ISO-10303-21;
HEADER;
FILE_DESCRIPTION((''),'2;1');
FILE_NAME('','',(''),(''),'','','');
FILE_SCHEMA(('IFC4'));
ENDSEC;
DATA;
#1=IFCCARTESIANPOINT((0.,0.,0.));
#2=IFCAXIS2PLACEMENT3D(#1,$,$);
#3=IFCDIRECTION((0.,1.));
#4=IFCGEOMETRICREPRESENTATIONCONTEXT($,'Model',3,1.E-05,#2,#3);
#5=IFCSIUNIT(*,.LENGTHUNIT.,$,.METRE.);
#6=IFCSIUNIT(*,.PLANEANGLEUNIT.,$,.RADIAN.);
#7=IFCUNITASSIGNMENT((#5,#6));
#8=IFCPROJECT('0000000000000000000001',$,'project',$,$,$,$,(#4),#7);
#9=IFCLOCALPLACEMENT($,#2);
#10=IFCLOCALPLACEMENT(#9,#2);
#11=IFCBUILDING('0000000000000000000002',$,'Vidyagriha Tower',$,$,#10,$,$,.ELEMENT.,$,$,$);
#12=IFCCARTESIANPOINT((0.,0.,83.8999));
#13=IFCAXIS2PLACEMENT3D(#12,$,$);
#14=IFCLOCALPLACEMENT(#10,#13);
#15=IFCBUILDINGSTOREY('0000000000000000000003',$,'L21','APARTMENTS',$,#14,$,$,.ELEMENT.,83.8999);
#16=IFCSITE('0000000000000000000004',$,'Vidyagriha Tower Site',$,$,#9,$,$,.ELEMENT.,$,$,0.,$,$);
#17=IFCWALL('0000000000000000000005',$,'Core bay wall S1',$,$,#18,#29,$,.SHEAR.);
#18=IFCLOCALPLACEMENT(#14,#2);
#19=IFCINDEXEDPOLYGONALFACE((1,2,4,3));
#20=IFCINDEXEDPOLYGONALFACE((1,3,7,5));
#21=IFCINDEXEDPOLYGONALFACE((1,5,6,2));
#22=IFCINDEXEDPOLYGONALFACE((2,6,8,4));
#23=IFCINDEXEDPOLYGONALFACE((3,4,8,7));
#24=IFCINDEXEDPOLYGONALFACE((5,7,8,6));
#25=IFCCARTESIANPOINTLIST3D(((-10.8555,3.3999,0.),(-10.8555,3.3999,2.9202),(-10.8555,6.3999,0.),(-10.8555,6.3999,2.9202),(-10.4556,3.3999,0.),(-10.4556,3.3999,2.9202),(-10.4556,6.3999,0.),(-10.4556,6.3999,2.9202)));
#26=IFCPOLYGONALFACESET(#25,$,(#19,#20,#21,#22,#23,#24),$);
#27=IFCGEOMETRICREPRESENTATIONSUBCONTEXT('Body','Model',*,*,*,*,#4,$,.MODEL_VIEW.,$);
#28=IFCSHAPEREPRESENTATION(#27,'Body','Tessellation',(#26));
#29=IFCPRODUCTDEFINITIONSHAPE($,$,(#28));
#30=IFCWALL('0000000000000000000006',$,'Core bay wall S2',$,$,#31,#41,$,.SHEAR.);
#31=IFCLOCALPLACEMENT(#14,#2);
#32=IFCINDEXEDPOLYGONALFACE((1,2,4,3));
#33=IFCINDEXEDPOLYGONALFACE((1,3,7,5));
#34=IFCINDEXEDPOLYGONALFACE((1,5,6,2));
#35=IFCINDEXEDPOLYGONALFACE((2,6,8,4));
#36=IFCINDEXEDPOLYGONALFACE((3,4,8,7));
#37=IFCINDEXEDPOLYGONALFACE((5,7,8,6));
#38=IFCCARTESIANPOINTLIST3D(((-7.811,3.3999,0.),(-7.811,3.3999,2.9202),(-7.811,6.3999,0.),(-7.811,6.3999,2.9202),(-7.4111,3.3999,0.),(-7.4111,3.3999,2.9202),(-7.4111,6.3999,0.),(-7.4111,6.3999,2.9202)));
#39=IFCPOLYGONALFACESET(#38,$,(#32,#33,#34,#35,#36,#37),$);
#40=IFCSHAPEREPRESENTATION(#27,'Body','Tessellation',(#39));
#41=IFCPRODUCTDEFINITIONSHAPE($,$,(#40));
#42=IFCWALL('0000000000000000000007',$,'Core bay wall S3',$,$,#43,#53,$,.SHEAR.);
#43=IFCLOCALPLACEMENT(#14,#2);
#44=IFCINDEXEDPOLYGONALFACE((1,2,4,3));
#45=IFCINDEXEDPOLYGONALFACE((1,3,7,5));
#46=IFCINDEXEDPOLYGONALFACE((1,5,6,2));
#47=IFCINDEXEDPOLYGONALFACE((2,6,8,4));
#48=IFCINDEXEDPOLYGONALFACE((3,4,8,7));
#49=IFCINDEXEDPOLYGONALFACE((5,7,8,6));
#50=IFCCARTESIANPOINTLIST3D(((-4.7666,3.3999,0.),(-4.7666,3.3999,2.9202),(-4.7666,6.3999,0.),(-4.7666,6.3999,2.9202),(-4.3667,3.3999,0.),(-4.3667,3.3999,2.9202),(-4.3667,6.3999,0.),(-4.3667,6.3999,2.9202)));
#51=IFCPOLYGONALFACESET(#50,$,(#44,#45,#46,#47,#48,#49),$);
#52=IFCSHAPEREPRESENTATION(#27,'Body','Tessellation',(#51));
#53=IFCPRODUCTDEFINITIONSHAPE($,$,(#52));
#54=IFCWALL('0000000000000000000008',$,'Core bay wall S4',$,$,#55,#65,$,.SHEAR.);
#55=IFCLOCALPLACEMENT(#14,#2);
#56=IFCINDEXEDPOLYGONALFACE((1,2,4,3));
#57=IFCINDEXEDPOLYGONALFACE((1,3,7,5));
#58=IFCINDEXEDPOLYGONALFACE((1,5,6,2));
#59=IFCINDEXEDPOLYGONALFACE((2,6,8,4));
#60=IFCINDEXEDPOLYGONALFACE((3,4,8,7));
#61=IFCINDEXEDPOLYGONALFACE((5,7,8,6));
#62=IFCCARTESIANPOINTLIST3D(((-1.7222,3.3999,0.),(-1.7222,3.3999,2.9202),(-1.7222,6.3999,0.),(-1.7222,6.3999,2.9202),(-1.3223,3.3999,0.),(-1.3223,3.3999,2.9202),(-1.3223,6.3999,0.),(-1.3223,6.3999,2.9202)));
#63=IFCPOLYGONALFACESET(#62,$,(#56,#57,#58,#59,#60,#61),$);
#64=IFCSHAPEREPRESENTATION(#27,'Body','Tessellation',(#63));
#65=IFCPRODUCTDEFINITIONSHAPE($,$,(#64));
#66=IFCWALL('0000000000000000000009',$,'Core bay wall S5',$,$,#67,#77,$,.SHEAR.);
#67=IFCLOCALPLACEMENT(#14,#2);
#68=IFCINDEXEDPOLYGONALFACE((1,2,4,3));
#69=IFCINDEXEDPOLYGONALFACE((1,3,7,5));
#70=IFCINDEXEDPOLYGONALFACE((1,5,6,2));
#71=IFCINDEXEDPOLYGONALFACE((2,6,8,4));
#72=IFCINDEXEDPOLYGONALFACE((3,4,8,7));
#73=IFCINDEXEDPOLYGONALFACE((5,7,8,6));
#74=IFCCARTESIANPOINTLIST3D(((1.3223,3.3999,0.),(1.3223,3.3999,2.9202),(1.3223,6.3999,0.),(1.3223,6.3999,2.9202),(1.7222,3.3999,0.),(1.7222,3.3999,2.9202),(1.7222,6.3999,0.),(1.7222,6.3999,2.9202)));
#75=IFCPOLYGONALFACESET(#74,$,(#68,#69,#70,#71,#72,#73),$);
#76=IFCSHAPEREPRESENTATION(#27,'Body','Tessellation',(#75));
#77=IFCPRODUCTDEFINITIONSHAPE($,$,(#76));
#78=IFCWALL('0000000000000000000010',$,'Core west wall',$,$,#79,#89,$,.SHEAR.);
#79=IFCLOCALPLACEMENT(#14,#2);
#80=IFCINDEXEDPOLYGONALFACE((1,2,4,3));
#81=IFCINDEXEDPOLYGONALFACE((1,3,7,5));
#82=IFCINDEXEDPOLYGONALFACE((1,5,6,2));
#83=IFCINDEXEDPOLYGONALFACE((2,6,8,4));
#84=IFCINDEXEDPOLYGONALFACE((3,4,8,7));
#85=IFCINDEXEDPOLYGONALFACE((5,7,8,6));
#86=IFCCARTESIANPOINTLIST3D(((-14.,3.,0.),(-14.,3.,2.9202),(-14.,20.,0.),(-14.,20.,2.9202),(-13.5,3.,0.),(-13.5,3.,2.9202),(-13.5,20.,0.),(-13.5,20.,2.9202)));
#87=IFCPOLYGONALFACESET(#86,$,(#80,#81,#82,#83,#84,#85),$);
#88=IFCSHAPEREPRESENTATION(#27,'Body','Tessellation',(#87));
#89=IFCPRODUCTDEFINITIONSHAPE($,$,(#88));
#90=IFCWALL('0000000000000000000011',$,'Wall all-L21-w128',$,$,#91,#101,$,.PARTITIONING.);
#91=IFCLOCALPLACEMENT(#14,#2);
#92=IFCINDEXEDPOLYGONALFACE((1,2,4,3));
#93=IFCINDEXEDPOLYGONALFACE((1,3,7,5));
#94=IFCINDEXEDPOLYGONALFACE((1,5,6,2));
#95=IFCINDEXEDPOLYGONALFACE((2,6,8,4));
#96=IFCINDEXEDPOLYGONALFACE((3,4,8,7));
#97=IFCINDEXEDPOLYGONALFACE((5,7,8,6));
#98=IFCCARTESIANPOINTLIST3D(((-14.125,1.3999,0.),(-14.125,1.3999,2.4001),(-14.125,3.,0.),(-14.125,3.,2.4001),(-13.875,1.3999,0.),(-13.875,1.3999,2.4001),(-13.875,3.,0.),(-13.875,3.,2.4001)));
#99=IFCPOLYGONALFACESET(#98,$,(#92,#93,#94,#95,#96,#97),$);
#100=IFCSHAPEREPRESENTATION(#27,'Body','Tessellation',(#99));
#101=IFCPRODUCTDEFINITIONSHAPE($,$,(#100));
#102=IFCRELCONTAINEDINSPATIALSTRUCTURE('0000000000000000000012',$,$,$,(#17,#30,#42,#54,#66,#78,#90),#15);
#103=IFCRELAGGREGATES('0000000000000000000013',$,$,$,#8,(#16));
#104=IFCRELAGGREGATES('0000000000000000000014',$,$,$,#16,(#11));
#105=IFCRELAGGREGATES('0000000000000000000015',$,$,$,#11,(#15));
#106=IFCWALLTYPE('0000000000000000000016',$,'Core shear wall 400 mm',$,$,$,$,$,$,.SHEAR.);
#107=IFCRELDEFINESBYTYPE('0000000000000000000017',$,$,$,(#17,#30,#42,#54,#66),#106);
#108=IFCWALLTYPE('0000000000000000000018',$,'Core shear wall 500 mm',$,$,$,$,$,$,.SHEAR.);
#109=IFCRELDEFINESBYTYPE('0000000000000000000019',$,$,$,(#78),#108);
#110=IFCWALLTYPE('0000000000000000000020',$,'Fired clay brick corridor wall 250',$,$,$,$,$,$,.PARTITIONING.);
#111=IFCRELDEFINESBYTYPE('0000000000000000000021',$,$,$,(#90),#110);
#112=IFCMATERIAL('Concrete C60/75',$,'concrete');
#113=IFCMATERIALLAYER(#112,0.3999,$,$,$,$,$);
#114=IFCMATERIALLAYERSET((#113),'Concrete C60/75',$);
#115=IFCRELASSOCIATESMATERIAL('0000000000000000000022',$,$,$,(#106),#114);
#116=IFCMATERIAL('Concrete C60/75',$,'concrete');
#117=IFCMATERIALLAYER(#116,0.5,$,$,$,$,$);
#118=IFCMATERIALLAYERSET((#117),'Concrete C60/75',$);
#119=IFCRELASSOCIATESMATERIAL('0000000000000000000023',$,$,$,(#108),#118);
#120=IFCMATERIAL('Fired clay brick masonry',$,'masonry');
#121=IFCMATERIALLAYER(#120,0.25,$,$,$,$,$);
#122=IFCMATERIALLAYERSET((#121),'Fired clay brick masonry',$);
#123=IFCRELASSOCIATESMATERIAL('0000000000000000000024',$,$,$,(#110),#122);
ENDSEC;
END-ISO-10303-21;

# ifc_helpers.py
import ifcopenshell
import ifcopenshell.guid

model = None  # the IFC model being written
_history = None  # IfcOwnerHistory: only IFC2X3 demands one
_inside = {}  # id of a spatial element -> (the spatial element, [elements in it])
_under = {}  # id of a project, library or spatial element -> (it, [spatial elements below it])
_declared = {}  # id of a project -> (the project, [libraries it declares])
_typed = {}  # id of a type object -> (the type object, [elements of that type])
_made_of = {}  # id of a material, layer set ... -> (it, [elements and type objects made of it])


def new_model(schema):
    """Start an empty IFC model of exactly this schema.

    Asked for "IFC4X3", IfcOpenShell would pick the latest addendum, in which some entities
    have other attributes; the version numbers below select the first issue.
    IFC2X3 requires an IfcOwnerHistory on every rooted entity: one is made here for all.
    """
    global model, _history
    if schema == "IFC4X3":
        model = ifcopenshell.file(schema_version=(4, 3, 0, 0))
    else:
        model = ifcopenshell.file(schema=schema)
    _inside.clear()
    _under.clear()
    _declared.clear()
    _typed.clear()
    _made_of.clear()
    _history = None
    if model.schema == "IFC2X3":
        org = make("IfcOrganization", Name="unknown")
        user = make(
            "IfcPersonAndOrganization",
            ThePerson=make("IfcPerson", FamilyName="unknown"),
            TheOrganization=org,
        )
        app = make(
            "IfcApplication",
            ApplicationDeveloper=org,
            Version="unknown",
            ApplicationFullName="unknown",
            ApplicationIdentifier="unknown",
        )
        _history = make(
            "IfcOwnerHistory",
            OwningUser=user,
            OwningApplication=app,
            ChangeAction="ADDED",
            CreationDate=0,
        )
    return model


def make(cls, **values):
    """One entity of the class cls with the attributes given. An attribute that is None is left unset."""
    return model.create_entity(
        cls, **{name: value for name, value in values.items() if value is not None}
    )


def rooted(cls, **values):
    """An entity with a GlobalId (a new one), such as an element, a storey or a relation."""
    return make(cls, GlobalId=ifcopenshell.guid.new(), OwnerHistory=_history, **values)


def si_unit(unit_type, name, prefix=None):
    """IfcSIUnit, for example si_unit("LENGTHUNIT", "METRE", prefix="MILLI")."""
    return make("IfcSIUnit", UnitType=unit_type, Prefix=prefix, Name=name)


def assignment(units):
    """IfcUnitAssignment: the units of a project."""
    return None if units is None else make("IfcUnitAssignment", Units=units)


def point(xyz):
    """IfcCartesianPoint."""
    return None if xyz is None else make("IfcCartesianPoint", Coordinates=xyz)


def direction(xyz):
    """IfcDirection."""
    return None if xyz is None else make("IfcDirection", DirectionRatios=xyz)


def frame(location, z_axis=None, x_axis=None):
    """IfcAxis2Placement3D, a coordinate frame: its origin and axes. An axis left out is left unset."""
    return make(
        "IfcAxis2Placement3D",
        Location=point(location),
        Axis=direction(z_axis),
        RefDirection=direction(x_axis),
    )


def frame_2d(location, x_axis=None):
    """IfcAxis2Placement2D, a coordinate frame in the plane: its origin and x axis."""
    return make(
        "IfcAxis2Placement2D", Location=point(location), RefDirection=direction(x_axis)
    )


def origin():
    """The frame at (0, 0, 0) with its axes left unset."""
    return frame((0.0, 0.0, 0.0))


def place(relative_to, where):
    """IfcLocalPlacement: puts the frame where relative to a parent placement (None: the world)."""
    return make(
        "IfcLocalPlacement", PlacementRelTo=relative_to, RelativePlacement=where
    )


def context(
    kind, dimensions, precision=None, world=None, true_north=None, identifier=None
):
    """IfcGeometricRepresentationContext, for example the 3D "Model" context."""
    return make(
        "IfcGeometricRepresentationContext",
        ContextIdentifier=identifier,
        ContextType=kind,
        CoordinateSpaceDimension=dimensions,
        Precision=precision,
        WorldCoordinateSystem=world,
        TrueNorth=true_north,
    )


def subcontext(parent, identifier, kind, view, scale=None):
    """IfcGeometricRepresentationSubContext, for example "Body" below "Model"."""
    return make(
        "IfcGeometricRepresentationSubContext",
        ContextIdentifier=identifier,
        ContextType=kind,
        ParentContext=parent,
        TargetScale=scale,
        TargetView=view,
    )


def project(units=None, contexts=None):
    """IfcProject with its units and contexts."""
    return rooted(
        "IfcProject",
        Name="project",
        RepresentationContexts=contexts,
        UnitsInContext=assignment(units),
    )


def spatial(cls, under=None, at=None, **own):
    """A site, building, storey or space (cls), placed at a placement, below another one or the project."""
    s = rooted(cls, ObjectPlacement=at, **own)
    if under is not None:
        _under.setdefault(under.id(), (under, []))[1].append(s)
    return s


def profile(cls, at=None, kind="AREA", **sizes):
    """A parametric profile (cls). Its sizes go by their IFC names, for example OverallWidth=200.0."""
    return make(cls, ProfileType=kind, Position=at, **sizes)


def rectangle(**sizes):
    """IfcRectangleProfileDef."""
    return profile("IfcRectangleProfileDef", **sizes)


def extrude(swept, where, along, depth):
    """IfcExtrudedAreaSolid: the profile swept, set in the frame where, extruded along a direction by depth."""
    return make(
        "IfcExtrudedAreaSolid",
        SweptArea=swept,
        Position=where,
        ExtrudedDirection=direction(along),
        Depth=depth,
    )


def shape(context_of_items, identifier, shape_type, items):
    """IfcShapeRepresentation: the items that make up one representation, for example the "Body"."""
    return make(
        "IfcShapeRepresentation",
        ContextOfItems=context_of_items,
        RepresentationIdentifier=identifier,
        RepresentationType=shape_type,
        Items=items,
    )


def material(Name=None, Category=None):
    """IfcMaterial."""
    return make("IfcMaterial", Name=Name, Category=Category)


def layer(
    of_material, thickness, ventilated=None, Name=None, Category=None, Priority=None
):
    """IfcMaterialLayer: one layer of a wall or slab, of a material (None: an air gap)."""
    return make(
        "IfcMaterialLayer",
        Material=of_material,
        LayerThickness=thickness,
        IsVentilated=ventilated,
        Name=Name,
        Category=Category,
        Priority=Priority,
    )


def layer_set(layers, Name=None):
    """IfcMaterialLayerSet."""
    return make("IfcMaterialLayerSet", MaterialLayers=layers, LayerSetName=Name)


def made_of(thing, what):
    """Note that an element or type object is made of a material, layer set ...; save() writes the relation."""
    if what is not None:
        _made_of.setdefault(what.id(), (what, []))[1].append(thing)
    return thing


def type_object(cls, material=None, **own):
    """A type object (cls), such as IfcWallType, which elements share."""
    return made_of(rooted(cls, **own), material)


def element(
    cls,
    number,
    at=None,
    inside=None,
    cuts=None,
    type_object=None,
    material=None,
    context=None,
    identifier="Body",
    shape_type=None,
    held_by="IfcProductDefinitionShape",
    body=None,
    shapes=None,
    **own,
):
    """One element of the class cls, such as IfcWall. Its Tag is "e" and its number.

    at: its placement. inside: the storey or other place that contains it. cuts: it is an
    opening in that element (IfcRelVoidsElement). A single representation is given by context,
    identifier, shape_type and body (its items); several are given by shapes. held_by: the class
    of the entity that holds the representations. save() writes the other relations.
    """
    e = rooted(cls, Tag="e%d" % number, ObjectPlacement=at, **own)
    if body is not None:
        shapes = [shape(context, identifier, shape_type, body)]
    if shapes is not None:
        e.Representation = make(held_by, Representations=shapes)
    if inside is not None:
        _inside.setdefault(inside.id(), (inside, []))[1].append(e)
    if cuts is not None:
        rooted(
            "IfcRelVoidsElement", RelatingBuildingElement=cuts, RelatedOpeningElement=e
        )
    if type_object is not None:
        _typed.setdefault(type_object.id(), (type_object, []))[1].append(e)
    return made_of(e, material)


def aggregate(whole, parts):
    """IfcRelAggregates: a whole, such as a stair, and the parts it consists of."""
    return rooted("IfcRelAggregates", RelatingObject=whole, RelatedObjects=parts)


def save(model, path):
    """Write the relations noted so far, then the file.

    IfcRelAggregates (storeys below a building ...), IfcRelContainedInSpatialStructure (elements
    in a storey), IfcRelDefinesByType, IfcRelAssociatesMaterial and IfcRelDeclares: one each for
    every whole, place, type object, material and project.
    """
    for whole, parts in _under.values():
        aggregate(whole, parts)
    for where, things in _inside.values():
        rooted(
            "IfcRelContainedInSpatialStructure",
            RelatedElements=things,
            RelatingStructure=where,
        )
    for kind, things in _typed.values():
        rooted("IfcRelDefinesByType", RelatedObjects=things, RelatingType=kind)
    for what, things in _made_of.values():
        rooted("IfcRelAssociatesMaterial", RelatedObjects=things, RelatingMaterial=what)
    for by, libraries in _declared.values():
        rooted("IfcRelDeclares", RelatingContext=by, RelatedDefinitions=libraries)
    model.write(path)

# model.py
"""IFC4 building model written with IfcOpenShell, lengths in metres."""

from ifc_helpers import new_model, si_unit, direction, frame, frame_2d, origin, place, context, subcontext, project, spatial, rectangle, extrude, material, layer, layer_set, type_object, element, save


model = new_model("IFC4")

# Units and contexts
model_context = context("Model", 3, precision=1e-05, world=origin(), true_north=direction((0.0, 1.0)))
body_context = subcontext(model_context, "Body", "Model", "MODEL_VIEW")
ifc_project = project(units=[si_unit("LENGTHUNIT", "METRE"), si_unit("PLANEANGLEUNIT", "RADIAN")], contexts=[model_context])

# Site, building, storey
site_placement = place(None, origin())
site = spatial("IfcSite", under=ifc_project, at=site_placement, Name="Vidyagriha Tower Site", CompositionType="ELEMENT", RefElevation=0.0)
building_placement = place(site_placement, origin())
building = spatial("IfcBuilding", under=site, at=building_placement, Name="Vidyagriha Tower", CompositionType="ELEMENT")
storey_placement = place(building_placement, frame((0.0, 0.0, 83.8999)))
storey = spatial("IfcBuildingStorey", under=building, at=storey_placement, Name="L21", Description="APARTMENTS", CompositionType="ELEMENT", Elevation=83.8999)

# Shared definitions
ifc_material_1 = material(Name="Concrete C60/75", Category="concrete")
ifc_layer_1 = layer(ifc_material_1, 0.3999)
ifc_layer_set_1 = layer_set([ifc_layer_1], Name="Concrete C60/75")
wall_type_1 = type_object("IfcWallType", Name="Core shear wall 400 mm", PredefinedType="SHEAR", material=ifc_layer_set_1)

# Walls
for number, where, z_axis, x_axis, name in (
    (1, (-10.6555, 3.3999, 0.0), (0.0, 0.0, 1.0), (0.0, 1.0, 0.0), "Core bay wall S1"),
    (2, (-7.6111, 3.3999, 0.0), (0.0, 0.0, 1.0), (0.0, 1.0, 0.0), "Core bay wall S2"),
    (3, (-4.5667, 3.3999, 0.0), (0.0, 0.0, 1.0), (0.0, 1.0, 0.0), "Core bay wall S3"),
    (4, (-1.5222, 3.3999, 0.0), (0.0, 0.0, 1.0), (0.0, 1.0, 0.0), "Core bay wall S4"),
    (5, (1.5222, 3.3999, 0.0), (0.0, 0.0, 1.0), (0.0, 1.0, 0.0), "Core bay wall S5"),
):
    element("IfcWall", number, at=place(storey_placement, frame(where, z_axis=z_axis, x_axis=x_axis)), inside=storey, type_object=wall_type_1, Name=name, PredefinedType="SHEAR", context=body_context, shape_type="SweptSolid", body=[
        extrude(rectangle(XDim=3.0, YDim=0.3999, at=frame_2d((1.5, 0.0))), origin(), (0.0, 0.0, 1.0), 2.9202),
    ])
ifc_material_2 = material(Name="Concrete C60/75", Category="concrete")
ifc_layer_2 = layer(ifc_material_2, 0.5)
ifc_layer_set_2 = layer_set([ifc_layer_2], Name="Concrete C60/75")
wall_type_2 = type_object("IfcWallType", Name="Core shear wall 500 mm", PredefinedType="SHEAR", material=ifc_layer_set_2)
wall_1_placement = place(storey_placement, frame((-13.75, 3.0, 0.0), z_axis=(0.0, 0.0, 1.0), x_axis=(0.0, 1.0, 0.0)))
element("IfcWall", 6, at=wall_1_placement, inside=storey, type_object=wall_type_2, Name="Core west wall", PredefinedType="SHEAR", context=body_context, shape_type="SweptSolid", body=[
    extrude(rectangle(XDim=17.0, YDim=0.5, at=frame_2d((8.5, 0.0))), origin(), (0.0, 0.0, 1.0), 2.9202),
])
ifc_material_3 = material(Name="Fired clay brick masonry", Category="masonry")
ifc_layer_3 = layer(ifc_material_3, 0.25)
ifc_layer_set_3 = layer_set([ifc_layer_3], Name="Fired clay brick masonry")
wall_type_3 = type_object("IfcWallType", Name="Fired clay brick corridor wall 250", PredefinedType="PARTITIONING", material=ifc_layer_set_3)
wall_2_placement = place(storey_placement, frame((-14.0, 3.0, 0.0), z_axis=(0.0, 0.0, 1.0), x_axis=(0.0, -1.0, 0.0)))
element("IfcWall", 7, at=wall_2_placement, inside=storey, type_object=wall_type_3, Name="Wall all-L21-w128", PredefinedType="PARTITIONING", context=body_context, shape_type="SweptSolid", body=[
    extrude(rectangle(XDim=1.6001, YDim=0.25, at=frame_2d((0.8, 0.0))), origin(), (0.0, 0.0, 1.0), 2.4001),
])

save(model, "model.ifc")
